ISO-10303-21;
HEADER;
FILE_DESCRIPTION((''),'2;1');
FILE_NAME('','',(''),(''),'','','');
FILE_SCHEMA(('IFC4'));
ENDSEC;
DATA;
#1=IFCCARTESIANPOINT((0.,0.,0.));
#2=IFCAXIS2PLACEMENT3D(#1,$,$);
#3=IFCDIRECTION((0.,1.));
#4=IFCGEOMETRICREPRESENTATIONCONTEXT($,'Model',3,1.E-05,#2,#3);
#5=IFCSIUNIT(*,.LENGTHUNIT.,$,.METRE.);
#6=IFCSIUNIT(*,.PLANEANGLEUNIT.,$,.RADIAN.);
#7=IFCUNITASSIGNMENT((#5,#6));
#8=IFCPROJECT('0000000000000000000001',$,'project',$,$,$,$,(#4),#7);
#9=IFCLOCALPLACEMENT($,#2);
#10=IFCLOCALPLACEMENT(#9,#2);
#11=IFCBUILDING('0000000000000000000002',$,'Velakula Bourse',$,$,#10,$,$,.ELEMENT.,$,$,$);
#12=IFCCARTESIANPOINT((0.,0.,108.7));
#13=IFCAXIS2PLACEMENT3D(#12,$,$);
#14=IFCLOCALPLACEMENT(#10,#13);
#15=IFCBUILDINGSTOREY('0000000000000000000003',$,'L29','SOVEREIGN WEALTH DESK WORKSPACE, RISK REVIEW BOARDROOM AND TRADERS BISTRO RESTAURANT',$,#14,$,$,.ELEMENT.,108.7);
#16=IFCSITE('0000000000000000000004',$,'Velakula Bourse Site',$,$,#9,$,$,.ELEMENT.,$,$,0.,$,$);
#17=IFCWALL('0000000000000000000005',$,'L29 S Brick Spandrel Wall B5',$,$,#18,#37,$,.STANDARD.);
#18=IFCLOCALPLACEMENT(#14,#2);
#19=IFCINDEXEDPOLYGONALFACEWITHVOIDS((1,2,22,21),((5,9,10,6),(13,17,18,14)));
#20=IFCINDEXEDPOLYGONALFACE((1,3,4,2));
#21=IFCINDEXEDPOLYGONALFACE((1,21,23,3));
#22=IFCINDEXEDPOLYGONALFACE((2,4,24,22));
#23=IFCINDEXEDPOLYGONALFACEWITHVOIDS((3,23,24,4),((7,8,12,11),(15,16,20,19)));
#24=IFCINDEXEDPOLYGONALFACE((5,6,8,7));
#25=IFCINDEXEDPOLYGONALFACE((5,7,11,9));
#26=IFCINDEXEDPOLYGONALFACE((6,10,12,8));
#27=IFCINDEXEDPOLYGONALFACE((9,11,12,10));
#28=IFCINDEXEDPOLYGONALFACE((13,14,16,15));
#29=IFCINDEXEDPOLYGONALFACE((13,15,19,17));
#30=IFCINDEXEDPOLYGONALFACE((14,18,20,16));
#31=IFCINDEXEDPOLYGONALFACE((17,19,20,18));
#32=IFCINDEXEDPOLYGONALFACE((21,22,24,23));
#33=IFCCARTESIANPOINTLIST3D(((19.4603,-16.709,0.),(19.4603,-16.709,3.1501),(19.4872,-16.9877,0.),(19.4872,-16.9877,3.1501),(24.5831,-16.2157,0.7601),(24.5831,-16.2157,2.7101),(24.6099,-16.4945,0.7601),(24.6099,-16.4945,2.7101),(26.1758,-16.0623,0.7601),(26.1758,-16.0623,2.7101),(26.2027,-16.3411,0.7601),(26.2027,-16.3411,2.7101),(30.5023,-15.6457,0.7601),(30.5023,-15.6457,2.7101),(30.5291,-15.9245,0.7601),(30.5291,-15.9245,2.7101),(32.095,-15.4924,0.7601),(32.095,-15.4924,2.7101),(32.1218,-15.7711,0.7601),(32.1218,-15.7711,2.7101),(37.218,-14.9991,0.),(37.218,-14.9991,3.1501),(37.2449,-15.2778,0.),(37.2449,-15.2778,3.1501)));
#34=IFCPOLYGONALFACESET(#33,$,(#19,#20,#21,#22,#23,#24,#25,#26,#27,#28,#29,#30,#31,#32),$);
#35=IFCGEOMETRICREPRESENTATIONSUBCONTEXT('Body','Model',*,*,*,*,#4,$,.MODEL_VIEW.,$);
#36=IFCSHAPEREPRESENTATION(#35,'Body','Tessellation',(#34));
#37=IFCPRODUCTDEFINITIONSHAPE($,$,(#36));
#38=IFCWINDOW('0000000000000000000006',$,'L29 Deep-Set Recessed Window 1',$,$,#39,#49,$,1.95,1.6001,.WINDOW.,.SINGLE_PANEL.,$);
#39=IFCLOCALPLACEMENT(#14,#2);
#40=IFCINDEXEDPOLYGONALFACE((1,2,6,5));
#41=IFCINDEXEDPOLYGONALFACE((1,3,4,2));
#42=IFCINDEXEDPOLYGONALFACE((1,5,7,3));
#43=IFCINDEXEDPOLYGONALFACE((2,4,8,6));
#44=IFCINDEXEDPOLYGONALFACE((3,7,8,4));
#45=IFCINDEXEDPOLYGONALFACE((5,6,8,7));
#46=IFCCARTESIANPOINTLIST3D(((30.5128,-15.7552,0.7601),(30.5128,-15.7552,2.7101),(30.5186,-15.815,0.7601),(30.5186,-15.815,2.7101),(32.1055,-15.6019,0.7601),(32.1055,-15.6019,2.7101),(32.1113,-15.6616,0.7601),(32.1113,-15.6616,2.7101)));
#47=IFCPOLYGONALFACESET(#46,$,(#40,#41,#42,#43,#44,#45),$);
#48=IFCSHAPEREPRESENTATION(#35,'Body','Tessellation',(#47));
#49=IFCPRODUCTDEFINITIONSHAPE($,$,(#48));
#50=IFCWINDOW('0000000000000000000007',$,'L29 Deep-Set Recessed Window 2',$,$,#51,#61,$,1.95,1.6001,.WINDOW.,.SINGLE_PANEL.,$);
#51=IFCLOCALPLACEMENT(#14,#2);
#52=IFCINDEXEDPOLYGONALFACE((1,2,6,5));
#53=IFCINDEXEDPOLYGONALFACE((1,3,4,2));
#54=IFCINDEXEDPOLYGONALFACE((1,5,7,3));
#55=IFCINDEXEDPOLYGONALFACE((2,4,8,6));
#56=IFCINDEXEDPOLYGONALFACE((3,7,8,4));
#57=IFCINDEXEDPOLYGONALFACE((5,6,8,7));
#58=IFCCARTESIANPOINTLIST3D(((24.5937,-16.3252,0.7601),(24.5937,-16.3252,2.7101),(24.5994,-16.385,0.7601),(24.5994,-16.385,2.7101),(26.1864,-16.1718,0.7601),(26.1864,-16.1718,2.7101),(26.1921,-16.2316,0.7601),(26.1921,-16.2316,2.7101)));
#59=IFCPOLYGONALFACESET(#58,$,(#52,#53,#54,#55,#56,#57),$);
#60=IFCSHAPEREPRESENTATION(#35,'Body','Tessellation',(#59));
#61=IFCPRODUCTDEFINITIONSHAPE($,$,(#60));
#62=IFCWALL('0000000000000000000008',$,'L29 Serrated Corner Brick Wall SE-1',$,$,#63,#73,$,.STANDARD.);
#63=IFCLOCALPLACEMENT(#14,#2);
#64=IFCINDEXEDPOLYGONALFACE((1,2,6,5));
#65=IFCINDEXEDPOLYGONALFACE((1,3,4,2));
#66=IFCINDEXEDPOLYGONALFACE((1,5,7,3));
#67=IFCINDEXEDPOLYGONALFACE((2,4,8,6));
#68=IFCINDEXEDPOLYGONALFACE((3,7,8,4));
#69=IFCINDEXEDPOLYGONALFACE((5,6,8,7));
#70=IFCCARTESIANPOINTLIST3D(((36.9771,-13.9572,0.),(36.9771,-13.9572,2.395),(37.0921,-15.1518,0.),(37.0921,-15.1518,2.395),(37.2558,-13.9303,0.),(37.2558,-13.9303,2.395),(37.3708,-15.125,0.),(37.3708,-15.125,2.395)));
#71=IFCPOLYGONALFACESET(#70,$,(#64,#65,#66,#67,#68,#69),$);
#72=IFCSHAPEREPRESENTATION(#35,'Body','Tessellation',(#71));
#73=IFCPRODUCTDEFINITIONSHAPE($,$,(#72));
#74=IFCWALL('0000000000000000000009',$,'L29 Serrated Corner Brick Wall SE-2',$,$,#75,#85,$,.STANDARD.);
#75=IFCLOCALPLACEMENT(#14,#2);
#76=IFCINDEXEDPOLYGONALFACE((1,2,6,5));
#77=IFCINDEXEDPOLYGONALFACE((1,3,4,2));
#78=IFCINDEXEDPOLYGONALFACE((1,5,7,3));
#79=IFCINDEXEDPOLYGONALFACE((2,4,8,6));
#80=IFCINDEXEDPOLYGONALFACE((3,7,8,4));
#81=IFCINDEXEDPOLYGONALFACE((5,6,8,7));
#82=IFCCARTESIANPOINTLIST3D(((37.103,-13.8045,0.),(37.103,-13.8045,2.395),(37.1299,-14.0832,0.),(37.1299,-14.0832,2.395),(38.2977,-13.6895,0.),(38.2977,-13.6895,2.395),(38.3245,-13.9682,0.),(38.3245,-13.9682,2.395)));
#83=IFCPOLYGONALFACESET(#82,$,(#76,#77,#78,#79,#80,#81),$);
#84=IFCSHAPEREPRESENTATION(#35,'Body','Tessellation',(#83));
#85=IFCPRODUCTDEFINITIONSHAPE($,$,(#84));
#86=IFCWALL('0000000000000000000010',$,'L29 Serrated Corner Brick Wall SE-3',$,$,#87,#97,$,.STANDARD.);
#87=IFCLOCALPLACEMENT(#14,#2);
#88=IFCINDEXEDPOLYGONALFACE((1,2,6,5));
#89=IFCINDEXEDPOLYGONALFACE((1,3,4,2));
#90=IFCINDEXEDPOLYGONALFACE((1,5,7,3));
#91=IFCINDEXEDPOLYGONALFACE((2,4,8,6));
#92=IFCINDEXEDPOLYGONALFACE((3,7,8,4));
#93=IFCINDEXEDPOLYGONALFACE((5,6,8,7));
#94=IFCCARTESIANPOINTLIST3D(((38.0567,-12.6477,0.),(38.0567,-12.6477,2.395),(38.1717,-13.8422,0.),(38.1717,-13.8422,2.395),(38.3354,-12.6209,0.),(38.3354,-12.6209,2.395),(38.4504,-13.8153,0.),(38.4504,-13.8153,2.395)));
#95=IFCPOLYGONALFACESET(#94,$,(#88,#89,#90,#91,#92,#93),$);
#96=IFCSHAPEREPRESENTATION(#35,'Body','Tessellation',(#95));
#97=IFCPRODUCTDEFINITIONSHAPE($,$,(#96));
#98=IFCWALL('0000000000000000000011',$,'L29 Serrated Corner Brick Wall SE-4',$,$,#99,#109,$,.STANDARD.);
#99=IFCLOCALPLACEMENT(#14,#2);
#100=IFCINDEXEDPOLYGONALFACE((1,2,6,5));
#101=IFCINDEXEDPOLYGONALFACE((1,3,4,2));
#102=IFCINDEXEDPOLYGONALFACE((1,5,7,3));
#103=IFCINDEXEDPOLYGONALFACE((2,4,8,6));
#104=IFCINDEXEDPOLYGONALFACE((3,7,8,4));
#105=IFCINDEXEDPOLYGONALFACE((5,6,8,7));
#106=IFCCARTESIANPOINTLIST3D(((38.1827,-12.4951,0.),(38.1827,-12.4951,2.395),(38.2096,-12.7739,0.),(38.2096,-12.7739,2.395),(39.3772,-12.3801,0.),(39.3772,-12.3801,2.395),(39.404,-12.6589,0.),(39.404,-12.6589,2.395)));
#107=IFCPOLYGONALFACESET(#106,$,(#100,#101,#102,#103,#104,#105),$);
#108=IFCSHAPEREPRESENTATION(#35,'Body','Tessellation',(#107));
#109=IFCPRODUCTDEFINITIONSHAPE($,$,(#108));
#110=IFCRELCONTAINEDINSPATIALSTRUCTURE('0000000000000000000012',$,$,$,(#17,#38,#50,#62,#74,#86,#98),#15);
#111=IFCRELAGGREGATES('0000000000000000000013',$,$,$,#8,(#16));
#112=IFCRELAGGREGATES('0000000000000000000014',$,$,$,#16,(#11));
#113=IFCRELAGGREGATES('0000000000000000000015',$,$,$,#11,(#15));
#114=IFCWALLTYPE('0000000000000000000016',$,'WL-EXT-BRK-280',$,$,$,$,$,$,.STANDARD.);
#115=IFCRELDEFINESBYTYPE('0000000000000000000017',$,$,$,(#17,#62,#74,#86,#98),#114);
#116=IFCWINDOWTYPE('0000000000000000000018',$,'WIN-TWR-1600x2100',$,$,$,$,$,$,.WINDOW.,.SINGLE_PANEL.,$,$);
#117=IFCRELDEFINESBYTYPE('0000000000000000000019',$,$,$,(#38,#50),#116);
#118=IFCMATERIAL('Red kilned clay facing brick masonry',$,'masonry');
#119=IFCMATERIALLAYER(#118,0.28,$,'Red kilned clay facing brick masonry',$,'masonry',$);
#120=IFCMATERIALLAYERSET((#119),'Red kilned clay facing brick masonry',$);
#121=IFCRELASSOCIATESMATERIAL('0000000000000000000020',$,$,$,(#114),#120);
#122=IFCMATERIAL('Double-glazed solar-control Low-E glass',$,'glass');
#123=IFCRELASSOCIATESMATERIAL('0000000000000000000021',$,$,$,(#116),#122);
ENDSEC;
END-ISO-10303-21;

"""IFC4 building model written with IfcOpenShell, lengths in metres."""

from ifc_helpers import new_model, si_unit, direction, frame, frame_2d, origin, place, context, subcontext, project, spatial, rectangle, extrude, material, layer, layer_set, type_object, element, fill, save


model = new_model("IFC4")

# Units and contexts
model_context = context("Model", 3, precision=1e-05, world=origin(), true_north=direction((0.0, 1.0)))
body_context = subcontext(model_context, "Body", "Model", "MODEL_VIEW")
ifc_project = project(units=[si_unit("LENGTHUNIT", "METRE"), si_unit("PLANEANGLEUNIT", "RADIAN")], contexts=[model_context])

# Site, building, storey
site_placement = place(None, origin())
site = spatial("IfcSite", under=ifc_project, at=site_placement, Name="Velakula Bourse Site", CompositionType="ELEMENT", RefElevation=0.0)
building_placement = place(site_placement, origin())
building = spatial("IfcBuilding", under=site, at=building_placement, Name="Velakula Bourse", CompositionType="ELEMENT")
storey_placement = place(building_placement, frame((0.0, 0.0, 108.7)))
storey = spatial("IfcBuildingStorey", under=building, at=storey_placement, Name="L29", Description="SOVEREIGN WEALTH DESK WORKSPACE, RISK REVIEW BOARDROOM AND TRADERS BISTRO RESTAURANT", CompositionType="ELEMENT", Elevation=108.7)

# Wall, openings, windows
ifc_material_1 = material(Name="Red kilned clay facing brick masonry", Category="masonry")
ifc_layer = layer(ifc_material_1, 0.28, Name="Red kilned clay facing brick masonry", Category="masonry")
ifc_layer_set = layer_set([ifc_layer], Name="Red kilned clay facing brick masonry")
wall_type = type_object("IfcWallType", Name="WL-EXT-BRK-280", PredefinedType="STANDARD", material=ifc_layer_set)
wall_placement = place(storey_placement, frame((37.2314, -15.1384, 0.0), z_axis=(0.0, 0.0, 1.0), x_axis=(-0.995396, -0.09585, 0.0)))
wall = element("IfcWall", 1, at=wall_placement, inside=storey, type_object=wall_type, Name="L29 S Brick Spandrel Wall B5", PredefinedType="STANDARD", context=body_context, shape_type="SweptSolid", body=[
    extrude(rectangle(XDim=17.8398, YDim=0.28, at=frame_2d((8.9199, 0.0))), origin(), (0.0, 0.0, 1.0), 3.1501),
])
opening_1_placement = place(wall_placement, frame((5.1467, 0.0, 0.76)))
opening_1 = element("IfcOpeningElement", 2, at=opening_1_placement, cuts=wall, PredefinedType="OPENING", context=body_context, shape_type="SweptSolid", body=[
    extrude(rectangle(XDim=1.6001, YDim=1.95, at=frame_2d((0.8, 0.9751))), frame((0.0, 0.1499, 0.0), z_axis=(0.0, -1.0, 0.0), x_axis=(1.0, 0.0, 0.0)), (0.0, 0.0, 1.0), 0.3),
])
opening_2_placement = place(wall_placement, frame((11.0933, 0.0, 0.76)))
opening_2 = element("IfcOpeningElement", 3, at=opening_2_placement, cuts=wall, PredefinedType="OPENING", context=body_context, shape_type="SweptSolid", body=[
    extrude(rectangle(XDim=1.6001, YDim=1.95, at=frame_2d((0.8, 0.9751))), frame((0.0, 0.1499, 0.0), z_axis=(0.0, -1.0, 0.0), x_axis=(1.0, 0.0, 0.0)), (0.0, 0.0, 1.0), 0.3),
])
ifc_material_2 = material(Name="Double-glazed solar-control Low-E glass", Category="glass")
window_type = type_object("IfcWindowType", Name="WIN-TWR-1600x2100", PartitioningType="SINGLE_PANEL", PredefinedType="WINDOW", material=ifc_material_2)
window_1_placement = place(opening_1_placement, origin())
window_1 = element("IfcWindow", 4, at=window_1_placement, inside=storey, type_object=window_type, Name="L29 Deep-Set Recessed Window 1", OverallHeight=1.95, OverallWidth=1.6001, PartitioningType="SINGLE_PANEL", PredefinedType="WINDOW", context=body_context, shape_type="SweptSolid", body=[
    extrude(rectangle(XDim=1.6001, YDim=1.95, at=frame_2d((0.8, 0.9751))), frame((0.0, 0.03, 0.0), z_axis=(0.0, -1.0, 0.0), x_axis=(1.0, 0.0, 0.0)), (0.0, 0.0, 1.0), 0.0601),
])
fill(opening_1, window_1)
window_2_placement = place(opening_2_placement, origin())
window_2 = element("IfcWindow", 5, at=window_2_placement, inside=storey, type_object=window_type, Name="L29 Deep-Set Recessed Window 2", OverallHeight=1.95, OverallWidth=1.6001, PartitioningType="SINGLE_PANEL", PredefinedType="WINDOW", context=body_context, shape_type="SweptSolid", body=[
    extrude(rectangle(XDim=1.6001, YDim=1.95, at=frame_2d((0.8, 0.9751))), frame((0.0, 0.03, 0.0), z_axis=(0.0, -1.0, 0.0), x_axis=(1.0, 0.0, 0.0)), (0.0, 0.0, 1.0), 0.0601),
])
fill(opening_2, window_2)

# Walls
for number, where, z_axis, x_axis, name in (
    (6, (37.2314, -15.1384, 0.0), (0.0, 0.0, 1.0), (-0.095817, 0.995399, 0.0), "L29 Serrated Corner Brick Wall SE-1"),
    (7, (37.1165, -13.9438, 0.0), (0.0, 0.0, 1.0), (0.995399, 0.095817, 0.0), "L29 Serrated Corner Brick Wall SE-2"),
):
    element("IfcWall", number, at=place(storey_placement, frame(where, z_axis=z_axis, x_axis=x_axis)), inside=storey, type_object=wall_type, Name=name, PredefinedType="STANDARD", context=body_context, shape_type="SweptSolid", body=[
        extrude(rectangle(XDim=1.2002, YDim=0.28, at=frame_2d((0.6001, 0.0))), origin(), (0.0, 0.0, 1.0), 2.395),
    ])
for number, where, z_axis, x_axis, name in (
    (8, (38.311, -13.8289, 0.0), (0.0, 0.0, 1.0), (-0.095836, 0.995397, 0.0), "L29 Serrated Corner Brick Wall SE-3"),
    (9, (38.196, -12.6345, 0.0), (0.0, 0.0, 1.0), (0.995397, 0.095836, 0.0), "L29 Serrated Corner Brick Wall SE-4"),
):
    element("IfcWall", number, at=place(storey_placement, frame(where, z_axis=z_axis, x_axis=x_axis)), inside=storey, type_object=wall_type, Name=name, PredefinedType="STANDARD", context=body_context, shape_type="SweptSolid", body=[
        extrude(rectangle(XDim=1.2, YDim=0.28, at=frame_2d((0.6001, 0.0))), origin(), (0.0, 0.0, 1.0), 2.395),
    ])

save(model, "model.ifc")
